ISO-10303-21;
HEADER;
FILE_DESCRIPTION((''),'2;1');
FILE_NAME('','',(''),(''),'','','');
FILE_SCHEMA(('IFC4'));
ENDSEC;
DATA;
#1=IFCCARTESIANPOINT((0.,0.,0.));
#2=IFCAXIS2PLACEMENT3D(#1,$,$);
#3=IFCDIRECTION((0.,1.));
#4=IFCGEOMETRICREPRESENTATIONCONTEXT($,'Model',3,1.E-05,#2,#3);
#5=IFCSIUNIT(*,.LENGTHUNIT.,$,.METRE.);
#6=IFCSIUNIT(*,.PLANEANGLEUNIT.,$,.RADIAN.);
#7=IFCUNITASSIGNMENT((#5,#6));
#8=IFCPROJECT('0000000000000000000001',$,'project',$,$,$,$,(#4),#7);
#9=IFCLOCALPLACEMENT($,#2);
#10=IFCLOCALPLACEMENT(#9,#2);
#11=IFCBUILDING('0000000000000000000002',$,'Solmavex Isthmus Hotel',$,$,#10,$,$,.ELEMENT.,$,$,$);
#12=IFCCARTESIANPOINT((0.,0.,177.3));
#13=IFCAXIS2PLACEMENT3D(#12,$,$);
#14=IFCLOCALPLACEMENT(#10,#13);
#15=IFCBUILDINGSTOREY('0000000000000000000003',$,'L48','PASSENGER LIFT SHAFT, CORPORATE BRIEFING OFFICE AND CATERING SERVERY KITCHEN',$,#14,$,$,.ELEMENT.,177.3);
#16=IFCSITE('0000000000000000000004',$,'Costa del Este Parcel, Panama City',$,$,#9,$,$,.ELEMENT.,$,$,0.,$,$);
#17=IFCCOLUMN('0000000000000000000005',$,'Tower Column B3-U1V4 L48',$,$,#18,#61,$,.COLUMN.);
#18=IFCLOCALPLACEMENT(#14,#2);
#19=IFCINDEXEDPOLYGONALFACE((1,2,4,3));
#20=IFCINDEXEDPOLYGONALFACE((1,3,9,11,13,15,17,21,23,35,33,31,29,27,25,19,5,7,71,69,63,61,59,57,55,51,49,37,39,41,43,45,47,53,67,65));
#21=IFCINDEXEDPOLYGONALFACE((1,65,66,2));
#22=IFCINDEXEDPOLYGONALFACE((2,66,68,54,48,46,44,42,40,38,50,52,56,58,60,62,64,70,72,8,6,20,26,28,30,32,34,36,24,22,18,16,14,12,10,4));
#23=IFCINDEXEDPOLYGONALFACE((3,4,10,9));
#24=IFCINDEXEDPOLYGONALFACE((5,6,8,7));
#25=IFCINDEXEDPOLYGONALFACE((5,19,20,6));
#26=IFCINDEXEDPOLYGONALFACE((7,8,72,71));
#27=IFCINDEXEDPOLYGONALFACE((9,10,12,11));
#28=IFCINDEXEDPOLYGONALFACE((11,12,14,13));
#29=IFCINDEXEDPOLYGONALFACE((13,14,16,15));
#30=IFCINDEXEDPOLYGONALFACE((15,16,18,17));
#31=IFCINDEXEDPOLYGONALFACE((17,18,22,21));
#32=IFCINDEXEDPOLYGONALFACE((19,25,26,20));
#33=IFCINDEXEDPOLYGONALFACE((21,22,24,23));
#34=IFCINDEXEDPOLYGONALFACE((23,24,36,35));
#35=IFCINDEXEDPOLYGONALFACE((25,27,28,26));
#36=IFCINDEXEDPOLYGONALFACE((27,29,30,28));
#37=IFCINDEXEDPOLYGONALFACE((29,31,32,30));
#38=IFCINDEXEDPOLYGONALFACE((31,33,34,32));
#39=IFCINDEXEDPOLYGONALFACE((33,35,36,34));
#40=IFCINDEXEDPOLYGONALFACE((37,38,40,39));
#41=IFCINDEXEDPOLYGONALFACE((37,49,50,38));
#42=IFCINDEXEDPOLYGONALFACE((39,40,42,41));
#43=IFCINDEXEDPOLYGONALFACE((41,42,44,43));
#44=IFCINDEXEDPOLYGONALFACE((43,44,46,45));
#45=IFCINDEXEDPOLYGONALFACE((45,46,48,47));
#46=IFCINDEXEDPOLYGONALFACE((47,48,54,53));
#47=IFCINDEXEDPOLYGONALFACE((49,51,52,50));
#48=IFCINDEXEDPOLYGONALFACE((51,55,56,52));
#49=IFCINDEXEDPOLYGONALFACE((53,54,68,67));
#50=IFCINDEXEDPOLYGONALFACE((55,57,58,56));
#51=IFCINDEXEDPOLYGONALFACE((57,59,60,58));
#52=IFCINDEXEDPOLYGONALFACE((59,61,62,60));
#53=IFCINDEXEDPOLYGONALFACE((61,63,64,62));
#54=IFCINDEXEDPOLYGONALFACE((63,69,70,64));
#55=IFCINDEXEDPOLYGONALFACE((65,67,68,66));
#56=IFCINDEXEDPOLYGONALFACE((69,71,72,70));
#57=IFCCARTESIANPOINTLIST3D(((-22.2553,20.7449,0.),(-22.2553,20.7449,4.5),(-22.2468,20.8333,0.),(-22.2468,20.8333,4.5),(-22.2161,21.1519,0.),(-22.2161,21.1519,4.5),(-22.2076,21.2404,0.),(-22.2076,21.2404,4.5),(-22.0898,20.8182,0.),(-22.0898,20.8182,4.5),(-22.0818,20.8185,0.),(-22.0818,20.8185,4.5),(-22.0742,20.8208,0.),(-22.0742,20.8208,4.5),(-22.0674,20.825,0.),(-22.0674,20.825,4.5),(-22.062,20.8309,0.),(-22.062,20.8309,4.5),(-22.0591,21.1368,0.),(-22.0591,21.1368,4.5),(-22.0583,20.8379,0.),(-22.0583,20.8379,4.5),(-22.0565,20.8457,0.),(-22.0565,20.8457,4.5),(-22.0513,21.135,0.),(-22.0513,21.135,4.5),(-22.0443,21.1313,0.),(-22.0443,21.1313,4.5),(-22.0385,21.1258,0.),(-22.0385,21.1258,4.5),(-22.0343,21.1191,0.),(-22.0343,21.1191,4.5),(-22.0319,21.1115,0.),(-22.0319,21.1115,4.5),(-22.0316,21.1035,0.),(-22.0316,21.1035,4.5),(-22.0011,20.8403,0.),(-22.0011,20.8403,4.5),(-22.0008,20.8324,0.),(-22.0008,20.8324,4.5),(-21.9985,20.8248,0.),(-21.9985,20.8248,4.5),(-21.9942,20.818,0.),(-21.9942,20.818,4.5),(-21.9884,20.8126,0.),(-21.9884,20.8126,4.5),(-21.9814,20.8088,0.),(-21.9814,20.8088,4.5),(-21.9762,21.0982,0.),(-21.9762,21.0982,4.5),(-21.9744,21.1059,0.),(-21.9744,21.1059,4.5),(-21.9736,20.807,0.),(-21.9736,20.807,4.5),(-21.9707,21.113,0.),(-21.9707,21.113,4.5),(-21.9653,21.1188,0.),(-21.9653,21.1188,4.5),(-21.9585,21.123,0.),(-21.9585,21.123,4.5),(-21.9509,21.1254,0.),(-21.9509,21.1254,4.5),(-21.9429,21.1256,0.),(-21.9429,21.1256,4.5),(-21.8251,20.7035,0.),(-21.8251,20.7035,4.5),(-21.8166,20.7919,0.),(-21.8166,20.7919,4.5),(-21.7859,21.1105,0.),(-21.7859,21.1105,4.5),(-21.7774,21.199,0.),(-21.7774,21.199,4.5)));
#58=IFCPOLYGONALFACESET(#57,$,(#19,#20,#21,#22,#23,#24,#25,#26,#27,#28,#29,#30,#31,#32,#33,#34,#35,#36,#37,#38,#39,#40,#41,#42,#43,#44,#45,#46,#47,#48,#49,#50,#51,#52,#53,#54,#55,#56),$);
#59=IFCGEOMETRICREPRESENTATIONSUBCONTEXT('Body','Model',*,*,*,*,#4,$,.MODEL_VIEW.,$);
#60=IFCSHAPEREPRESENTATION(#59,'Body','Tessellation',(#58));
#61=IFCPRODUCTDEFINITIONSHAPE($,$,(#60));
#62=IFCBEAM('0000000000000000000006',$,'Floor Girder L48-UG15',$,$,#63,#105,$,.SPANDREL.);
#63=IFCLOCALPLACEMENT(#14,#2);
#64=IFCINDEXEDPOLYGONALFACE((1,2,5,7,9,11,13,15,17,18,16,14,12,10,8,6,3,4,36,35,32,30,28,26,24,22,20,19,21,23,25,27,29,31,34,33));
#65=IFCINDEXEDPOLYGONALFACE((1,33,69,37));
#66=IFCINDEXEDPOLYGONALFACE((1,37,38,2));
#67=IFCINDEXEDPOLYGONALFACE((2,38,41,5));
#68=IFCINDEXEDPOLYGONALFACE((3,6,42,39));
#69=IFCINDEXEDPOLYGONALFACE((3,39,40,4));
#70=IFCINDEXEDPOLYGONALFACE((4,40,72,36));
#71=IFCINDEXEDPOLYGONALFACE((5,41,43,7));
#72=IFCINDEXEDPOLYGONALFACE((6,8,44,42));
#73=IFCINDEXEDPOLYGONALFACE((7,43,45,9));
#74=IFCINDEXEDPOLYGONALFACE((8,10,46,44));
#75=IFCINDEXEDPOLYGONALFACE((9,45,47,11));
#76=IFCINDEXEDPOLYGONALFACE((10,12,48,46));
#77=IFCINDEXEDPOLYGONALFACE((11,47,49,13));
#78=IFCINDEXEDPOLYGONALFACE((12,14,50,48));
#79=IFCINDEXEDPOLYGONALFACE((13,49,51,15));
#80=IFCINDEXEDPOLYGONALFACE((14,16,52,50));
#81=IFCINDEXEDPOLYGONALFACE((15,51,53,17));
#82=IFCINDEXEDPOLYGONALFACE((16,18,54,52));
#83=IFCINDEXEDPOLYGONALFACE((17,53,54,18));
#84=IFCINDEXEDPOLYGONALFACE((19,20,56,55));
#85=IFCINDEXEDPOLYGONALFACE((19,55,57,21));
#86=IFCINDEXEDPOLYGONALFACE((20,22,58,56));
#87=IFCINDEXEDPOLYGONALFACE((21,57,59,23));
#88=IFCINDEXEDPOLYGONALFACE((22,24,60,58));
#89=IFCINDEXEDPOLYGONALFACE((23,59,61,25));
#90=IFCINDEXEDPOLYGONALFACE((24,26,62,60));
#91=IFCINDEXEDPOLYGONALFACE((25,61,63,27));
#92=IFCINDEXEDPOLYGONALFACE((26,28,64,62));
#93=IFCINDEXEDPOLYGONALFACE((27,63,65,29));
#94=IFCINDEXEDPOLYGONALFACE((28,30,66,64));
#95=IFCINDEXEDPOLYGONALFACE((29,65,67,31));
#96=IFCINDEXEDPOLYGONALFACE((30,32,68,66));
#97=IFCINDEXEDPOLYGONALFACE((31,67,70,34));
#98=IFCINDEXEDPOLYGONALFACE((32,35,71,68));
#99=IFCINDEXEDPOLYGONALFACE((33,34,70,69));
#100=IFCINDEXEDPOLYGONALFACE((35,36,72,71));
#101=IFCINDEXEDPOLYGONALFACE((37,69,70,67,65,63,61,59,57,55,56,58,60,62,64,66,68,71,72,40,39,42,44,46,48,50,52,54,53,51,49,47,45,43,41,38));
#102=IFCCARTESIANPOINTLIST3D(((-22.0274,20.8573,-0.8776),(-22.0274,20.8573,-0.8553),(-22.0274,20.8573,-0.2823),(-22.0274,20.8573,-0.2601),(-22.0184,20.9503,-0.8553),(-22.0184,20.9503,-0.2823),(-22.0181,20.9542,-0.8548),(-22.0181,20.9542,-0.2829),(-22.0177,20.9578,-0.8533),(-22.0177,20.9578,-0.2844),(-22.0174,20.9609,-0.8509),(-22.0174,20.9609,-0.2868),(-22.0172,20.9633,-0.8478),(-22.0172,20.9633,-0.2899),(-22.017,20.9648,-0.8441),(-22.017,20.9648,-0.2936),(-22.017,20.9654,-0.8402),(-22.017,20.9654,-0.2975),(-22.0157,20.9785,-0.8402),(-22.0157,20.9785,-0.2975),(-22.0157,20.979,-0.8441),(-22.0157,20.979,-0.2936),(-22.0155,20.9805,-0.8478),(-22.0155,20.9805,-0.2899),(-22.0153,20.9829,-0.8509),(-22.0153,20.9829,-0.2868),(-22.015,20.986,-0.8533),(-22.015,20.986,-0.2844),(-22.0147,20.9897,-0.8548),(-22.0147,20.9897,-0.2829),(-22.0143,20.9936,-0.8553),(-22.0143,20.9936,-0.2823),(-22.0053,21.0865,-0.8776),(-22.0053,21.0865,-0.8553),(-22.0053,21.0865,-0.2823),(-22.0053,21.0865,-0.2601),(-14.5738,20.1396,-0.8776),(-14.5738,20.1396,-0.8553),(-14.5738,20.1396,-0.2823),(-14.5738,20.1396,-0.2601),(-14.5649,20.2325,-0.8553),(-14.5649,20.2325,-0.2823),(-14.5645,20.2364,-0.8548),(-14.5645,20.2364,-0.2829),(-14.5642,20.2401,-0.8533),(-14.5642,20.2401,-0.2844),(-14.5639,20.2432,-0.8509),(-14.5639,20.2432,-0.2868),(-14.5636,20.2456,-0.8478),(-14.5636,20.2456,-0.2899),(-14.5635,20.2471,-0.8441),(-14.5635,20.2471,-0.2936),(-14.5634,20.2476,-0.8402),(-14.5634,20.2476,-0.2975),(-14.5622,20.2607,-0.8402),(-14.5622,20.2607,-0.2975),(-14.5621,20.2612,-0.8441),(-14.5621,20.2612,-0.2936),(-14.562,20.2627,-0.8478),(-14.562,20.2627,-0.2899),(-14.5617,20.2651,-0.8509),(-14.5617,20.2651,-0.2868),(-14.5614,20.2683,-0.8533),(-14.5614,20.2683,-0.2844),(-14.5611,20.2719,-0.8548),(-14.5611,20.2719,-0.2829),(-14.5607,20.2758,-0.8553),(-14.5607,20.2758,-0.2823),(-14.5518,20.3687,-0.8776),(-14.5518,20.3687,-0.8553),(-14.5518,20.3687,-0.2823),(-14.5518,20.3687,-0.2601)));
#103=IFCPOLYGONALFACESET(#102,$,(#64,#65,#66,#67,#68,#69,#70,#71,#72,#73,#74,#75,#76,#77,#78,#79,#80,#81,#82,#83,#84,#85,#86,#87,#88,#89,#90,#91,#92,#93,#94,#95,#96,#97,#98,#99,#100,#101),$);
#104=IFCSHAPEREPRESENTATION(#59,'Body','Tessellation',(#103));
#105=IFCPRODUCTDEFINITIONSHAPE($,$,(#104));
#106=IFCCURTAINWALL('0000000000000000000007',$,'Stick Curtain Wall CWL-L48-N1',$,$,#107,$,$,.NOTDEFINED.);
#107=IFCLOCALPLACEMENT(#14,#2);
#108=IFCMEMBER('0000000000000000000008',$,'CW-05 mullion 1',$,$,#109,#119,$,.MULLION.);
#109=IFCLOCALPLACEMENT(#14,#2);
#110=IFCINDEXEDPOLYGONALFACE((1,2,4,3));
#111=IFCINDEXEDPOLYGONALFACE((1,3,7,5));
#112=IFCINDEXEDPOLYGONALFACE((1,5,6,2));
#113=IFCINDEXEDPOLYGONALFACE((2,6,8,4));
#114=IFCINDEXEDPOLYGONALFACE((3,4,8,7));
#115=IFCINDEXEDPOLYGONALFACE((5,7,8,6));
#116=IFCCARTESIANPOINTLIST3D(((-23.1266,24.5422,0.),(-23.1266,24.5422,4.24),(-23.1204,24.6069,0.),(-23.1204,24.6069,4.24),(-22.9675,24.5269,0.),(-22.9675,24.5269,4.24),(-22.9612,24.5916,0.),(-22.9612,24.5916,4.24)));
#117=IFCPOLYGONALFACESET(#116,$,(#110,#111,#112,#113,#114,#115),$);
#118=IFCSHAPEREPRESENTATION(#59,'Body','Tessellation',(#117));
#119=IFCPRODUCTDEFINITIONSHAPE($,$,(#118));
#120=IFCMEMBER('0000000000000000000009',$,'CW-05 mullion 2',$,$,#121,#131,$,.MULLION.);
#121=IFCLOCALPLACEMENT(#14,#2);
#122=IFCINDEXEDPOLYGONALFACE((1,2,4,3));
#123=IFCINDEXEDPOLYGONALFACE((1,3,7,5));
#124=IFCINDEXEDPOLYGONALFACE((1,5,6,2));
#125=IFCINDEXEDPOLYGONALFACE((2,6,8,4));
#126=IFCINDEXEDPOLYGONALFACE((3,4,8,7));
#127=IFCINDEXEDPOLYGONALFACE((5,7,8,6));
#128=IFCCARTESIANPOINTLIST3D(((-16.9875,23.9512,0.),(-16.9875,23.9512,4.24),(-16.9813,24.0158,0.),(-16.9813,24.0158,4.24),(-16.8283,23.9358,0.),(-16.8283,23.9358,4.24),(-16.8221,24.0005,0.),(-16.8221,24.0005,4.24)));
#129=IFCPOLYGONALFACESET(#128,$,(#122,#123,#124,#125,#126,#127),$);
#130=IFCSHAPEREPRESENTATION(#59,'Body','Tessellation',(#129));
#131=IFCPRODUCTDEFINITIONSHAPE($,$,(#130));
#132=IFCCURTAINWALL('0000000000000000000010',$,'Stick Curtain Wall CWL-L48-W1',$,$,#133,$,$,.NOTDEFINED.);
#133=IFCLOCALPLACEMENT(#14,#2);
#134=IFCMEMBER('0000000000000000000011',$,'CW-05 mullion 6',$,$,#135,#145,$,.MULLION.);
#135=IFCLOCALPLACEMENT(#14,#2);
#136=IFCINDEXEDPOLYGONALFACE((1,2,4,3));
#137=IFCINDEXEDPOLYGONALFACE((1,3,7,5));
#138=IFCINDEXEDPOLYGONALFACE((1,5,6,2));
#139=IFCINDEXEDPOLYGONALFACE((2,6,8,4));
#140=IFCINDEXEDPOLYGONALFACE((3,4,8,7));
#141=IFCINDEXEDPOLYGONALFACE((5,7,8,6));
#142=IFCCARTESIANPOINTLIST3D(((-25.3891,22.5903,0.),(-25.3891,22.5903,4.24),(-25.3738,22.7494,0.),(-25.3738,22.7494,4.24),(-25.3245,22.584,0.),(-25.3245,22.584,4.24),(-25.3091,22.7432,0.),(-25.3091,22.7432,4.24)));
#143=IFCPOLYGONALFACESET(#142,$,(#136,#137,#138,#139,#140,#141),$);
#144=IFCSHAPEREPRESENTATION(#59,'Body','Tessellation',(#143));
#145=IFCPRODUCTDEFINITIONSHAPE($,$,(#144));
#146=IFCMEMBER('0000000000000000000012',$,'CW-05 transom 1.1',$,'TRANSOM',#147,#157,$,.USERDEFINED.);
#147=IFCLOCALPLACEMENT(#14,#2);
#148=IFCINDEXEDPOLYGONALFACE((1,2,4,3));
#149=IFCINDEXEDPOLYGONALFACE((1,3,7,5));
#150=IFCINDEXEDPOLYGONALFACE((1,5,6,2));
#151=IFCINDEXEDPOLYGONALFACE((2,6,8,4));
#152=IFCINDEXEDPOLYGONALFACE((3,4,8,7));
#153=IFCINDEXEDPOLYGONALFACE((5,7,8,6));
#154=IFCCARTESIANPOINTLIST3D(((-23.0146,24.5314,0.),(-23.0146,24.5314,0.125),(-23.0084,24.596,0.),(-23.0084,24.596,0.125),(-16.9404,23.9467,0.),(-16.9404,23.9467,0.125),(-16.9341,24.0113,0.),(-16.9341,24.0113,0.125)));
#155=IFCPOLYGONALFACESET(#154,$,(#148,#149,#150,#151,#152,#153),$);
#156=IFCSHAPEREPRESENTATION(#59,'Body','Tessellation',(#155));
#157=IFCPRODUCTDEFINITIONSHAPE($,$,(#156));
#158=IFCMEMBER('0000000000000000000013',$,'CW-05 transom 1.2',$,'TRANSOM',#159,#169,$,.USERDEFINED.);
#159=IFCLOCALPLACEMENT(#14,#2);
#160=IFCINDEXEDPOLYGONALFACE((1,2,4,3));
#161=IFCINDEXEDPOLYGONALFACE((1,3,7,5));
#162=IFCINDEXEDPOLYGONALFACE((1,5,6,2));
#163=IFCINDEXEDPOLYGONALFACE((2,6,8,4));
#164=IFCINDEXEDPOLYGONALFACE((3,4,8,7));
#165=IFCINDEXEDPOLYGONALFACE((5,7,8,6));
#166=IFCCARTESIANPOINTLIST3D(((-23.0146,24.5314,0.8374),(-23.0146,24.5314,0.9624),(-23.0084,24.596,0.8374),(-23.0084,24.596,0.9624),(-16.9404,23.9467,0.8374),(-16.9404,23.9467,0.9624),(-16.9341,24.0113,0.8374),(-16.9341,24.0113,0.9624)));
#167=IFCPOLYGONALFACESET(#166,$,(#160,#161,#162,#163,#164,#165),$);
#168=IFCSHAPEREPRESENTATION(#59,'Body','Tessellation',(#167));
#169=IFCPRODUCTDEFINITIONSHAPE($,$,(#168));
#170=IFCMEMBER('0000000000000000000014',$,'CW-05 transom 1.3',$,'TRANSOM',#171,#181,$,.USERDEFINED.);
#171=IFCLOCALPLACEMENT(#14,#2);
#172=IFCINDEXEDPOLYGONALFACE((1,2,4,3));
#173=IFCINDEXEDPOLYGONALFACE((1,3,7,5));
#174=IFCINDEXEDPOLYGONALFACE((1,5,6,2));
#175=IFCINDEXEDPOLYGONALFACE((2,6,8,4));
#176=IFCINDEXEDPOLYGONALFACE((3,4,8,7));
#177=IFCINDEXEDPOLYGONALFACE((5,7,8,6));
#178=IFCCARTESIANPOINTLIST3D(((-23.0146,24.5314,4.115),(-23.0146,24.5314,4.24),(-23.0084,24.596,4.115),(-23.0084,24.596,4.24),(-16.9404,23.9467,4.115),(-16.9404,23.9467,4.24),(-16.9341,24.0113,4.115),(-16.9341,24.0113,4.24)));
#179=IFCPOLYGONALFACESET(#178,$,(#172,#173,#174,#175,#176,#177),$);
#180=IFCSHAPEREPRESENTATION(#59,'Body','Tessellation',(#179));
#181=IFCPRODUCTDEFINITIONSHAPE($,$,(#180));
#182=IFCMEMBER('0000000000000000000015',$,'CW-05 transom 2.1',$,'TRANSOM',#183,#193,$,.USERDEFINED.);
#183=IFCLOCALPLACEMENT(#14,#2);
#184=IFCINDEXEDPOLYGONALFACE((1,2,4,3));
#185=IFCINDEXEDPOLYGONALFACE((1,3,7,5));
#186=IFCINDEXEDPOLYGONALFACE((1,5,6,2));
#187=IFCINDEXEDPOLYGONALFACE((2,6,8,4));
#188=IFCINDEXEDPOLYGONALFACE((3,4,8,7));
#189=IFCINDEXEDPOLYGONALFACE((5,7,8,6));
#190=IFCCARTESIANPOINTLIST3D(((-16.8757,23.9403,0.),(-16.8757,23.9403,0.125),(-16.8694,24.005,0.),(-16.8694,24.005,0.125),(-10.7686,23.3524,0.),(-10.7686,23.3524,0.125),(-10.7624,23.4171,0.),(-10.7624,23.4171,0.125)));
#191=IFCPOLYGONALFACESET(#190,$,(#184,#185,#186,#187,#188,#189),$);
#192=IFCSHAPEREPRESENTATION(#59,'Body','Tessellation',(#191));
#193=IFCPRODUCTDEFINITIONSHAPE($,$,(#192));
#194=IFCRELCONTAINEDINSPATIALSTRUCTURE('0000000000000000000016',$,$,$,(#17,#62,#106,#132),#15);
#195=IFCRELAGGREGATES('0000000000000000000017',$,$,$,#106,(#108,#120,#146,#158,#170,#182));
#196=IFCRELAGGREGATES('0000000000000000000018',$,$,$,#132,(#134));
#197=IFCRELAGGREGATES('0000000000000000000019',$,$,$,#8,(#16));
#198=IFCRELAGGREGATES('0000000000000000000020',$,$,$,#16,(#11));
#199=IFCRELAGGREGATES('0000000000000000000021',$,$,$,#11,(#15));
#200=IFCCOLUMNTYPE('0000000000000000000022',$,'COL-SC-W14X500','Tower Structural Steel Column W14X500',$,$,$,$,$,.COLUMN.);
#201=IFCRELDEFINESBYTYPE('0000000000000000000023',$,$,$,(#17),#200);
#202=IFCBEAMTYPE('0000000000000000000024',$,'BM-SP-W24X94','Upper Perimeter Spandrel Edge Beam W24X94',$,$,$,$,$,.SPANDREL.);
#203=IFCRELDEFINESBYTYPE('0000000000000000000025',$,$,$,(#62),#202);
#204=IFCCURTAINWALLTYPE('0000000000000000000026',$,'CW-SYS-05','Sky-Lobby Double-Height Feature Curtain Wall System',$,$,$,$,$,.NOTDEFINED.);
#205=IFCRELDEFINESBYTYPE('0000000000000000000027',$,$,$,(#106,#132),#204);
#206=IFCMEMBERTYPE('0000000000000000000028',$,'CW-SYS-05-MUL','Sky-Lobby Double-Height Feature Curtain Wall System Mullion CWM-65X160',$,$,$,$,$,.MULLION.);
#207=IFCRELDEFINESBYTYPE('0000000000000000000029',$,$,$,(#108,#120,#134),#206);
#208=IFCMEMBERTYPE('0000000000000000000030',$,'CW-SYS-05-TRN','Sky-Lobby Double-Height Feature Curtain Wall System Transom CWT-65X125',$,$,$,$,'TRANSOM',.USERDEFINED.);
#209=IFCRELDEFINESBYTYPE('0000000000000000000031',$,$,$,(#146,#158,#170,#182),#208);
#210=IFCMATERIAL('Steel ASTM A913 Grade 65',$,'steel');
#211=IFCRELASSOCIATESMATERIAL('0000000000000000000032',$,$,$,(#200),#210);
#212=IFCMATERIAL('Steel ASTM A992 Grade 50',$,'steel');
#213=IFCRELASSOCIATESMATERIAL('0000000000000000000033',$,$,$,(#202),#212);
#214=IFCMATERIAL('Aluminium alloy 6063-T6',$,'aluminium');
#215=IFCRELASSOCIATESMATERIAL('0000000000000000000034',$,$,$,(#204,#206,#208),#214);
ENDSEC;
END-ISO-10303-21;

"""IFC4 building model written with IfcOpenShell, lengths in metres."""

from ifc_helpers import new_model, si_unit, direction, frame, origin, origin_2d, place, context, subcontext, project, spatial, rectangle, i_section, extrude, material, material_profile, profile_set, type_object, element, aggregate, save


model = new_model("IFC4")

# Units and contexts
model_context = context("Model", 3, precision=1e-05, world=origin(), true_north=direction((0.0, 1.0)))
body_context = subcontext(model_context, "Body", "Model", "MODEL_VIEW")
ifc_project = project(units=[si_unit("LENGTHUNIT", "METRE"), si_unit("PLANEANGLEUNIT", "RADIAN")], contexts=[model_context])

# Site, building, storey
site_placement = place(None, origin())
site = spatial("IfcSite", under=ifc_project, at=site_placement, Name="Costa del Este Parcel, Panama City", CompositionType="ELEMENT", RefElevation=0.0)
building_placement = place(site_placement, origin())
building = spatial("IfcBuilding", under=site, at=building_placement, Name="Solmavex Isthmus Hotel", CompositionType="ELEMENT")
storey_placement = place(building_placement, frame((0.0, 0.0, 177.3)))
storey = spatial("IfcBuildingStorey", under=building, at=storey_placement, Name="L48", Description="PASSENGER LIFT SHAFT, CORPORATE BRIEFING OFFICE AND CATERING SERVERY KITCHEN", CompositionType="ELEMENT", Elevation=177.3)

# Column
ifc_material_1 = material(Name="Steel ASTM A913 Grade 65", Category="steel")
ifc_material_profile_1 = material_profile(ifc_material_1, i_section(OverallWidth=0.4321, OverallDepth=0.4978, WebThickness=0.0557, FlangeThickness=0.0889, FilletRadius=0.0305, at=origin_2d()), Name="W14X500")
ifc_profile_set_1 = profile_set([ifc_material_profile_1], Name="Steel ASTM A913 Grade 65")
column_type = type_object("IfcColumnType", Name="COL-SC-W14X500", Description="Tower Structural Steel Column W14X500", PredefinedType="COLUMN", material=ifc_profile_set_1)
column_placement = place(storey_placement, frame((-22.0164, 20.9719, 0.0), z_axis=(0.0, 0.0, 1.0), x_axis=(0.995396, -0.095846, 0.0)))
element("IfcColumn", 1, at=column_placement, inside=storey, type_object=column_type, Name="Tower Column B3-U1V4 L48", PredefinedType="COLUMN", context=body_context, shape_type="SweptSolid", body=[
    extrude(i_section(OverallWidth=0.4321, OverallDepth=0.4978, WebThickness=0.0557, FlangeThickness=0.0889, FilletRadius=0.0305, at=origin_2d()), origin(), (0.0, 0.0, 1.0), 4.5),
])

# Beam
ifc_material_2 = material(Name="Steel ASTM A992 Grade 50", Category="steel")
ifc_material_profile_2 = material_profile(ifc_material_2, i_section(OverallWidth=0.2302, OverallDepth=0.6174, WebThickness=0.0132, FlangeThickness=0.0222, FilletRadius=0.0151, at=origin_2d()), Name="W24X94")
ifc_profile_set_2 = profile_set([ifc_material_profile_2], Name="Steel ASTM A992 Grade 50")
beam_type = type_object("IfcBeamType", Name="BM-SP-W24X94", Description="Upper Perimeter Spandrel Edge Beam W24X94", PredefinedType="SPANDREL", material=ifc_profile_set_2)
beam_placement = place(storey_placement, frame((-22.0164, 20.9719, -0.5688), z_axis=(0.995395, -0.095855, 0.0), x_axis=(0.095855, 0.995395, 0.0)))
element("IfcBeam", 2, at=beam_placement, inside=storey, type_object=beam_type, Name="Floor Girder L48-UG15", PredefinedType="SPANDREL", context=body_context, shape_type="SweptSolid", body=[
    extrude(i_section(OverallWidth=0.2302, OverallDepth=0.6174, WebThickness=0.0132, FlangeThickness=0.0222, FilletRadius=0.0151, at=origin_2d()), origin(), (0.0, 0.0, 1.0), 7.488),
])

# Curtain wall, members
ifc_material_3 = material(Name="Aluminium alloy 6063-T6", Category="aluminium")
curtain_wall_type = type_object("IfcCurtainWallType", Name="CW-SYS-05", Description="Sky-Lobby Double-Height Feature Curtain Wall System", PredefinedType="NOTDEFINED", material=ifc_material_3)
curtain_wall_1_placement = place(storey_placement, origin())
curtain_wall_1 = element("IfcCurtainWall", 3, at=curtain_wall_1_placement, inside=storey, type_object=curtain_wall_type, Name="Stick Curtain Wall CWL-L48-N1", PredefinedType="NOTDEFINED")
ifc_material_profile_3 = material_profile(ifc_material_3, rectangle(XDim=0.0649, YDim=0.1599, at=origin_2d()), Name="CWM-65X160")
ifc_profile_set_3 = profile_set([ifc_material_profile_3], Name="Aluminium alloy 6063-T6")
member_type_1 = type_object("IfcMemberType", Name="CW-SYS-05-MUL", Description="Sky-Lobby Double-Height Feature Curtain Wall System Mullion CWM-65X160", PredefinedType="MULLION", material=ifc_profile_set_3)
member_1_placement = place(storey_placement, frame((-23.0439, 24.5669, 0.0), z_axis=(0.0, 0.0, 1.0), x_axis=(0.095846, 0.995396, 0.0)))
member_1 = element("IfcMember", 4, at=member_1_placement, type_object=member_type_1, Name="CW-05 mullion 1", PredefinedType="MULLION", context=body_context, shape_type="SweptSolid", body=[
    extrude(rectangle(XDim=0.0649, YDim=0.1599, at=origin_2d()), origin(), (0.0, 0.0, 1.0), 4.24),
])
member_2_placement = place(storey_placement, frame((-16.9048, 23.9758, 0.0), z_axis=(0.0, 0.0, 1.0), x_axis=(0.095846, 0.995396, 0.0)))
member_2 = element("IfcMember", 5, at=member_2_placement, type_object=member_type_1, Name="CW-05 mullion 2", PredefinedType="MULLION", context=body_context, shape_type="SweptSolid", body=[
    extrude(rectangle(XDim=0.0649, YDim=0.1599, at=origin_2d()), origin(), (0.0, 0.0, 1.0), 4.24),
])

# Curtain wall, member
curtain_wall_2_placement = place(storey_placement, origin())
curtain_wall_2 = element("IfcCurtainWall", 6, at=curtain_wall_2_placement, inside=storey, type_object=curtain_wall_type, Name="Stick Curtain Wall CWL-L48-W1", PredefinedType="NOTDEFINED")
member_3_placement = place(storey_placement, frame((-25.3491, 22.6667, 0.0), z_axis=(0.0, 0.0, 1.0), x_axis=(-0.995396, 0.095846, 0.0)))
member_3 = element("IfcMember", 7, at=member_3_placement, type_object=member_type_1, Name="CW-05 mullion 6", PredefinedType="MULLION", context=body_context, shape_type="SweptSolid", body=[
    extrude(rectangle(XDim=0.0649, YDim=0.1599, at=origin_2d()), origin(), (0.0, 0.0, 1.0), 4.24),
])

# Members
ifc_material_profile_4 = material_profile(ifc_material_3, rectangle(XDim=0.0649, YDim=0.125, at=origin_2d()), Name="CWT-65X125")
ifc_profile_set_4 = profile_set([ifc_material_profile_4], Name="Aluminium alloy 6063-T6")
member_type_2 = type_object("IfcMemberType", Name="CW-SYS-05-TRN", Description="Sky-Lobby Double-Height Feature Curtain Wall System Transom CWT-65X125", ElementType="TRANSOM", PredefinedType="USERDEFINED", material=ifc_profile_set_4)
member_4_placement = place(storey_placement, frame((-23.0115, 24.5637, 0.0625), z_axis=(0.995399, -0.095819, 0.0), x_axis=(0.095819, 0.995399, 0.0)))
member_4 = element("IfcMember", 8, at=member_4_placement, type_object=member_type_2, Name="CW-05 transom 1.1", ObjectType="TRANSOM", PredefinedType="USERDEFINED", context=body_context, shape_type="SweptSolid", body=[
    extrude(rectangle(XDim=0.0649, YDim=0.125, at=origin_2d()), origin(), (0.0, 0.0, 1.0), 6.1023),
])
member_5_placement = place(storey_placement, frame((-23.0115, 24.5637, 0.8999), z_axis=(0.995399, -0.095819, 0.0), x_axis=(0.095819, 0.995399, 0.0)))
member_5 = element("IfcMember", 9, at=member_5_placement, type_object=member_type_2, Name="CW-05 transom 1.2", ObjectType="TRANSOM", PredefinedType="USERDEFINED", context=body_context, shape_type="SweptSolid", body=[
    extrude(rectangle(XDim=0.0649, YDim=0.125, at=origin_2d()), origin(), (0.0, 0.0, 1.0), 6.1023),
])
member_6_placement = place(storey_placement, frame((-23.0115, 24.5637, 4.1775), z_axis=(0.995399, -0.095819, 0.0), x_axis=(0.095819, 0.995399, 0.0)))
member_6 = element("IfcMember", 10, at=member_6_placement, type_object=member_type_2, Name="CW-05 transom 1.3", ObjectType="TRANSOM", PredefinedType="USERDEFINED", context=body_context, shape_type="SweptSolid", body=[
    extrude(rectangle(XDim=0.0649, YDim=0.125, at=origin_2d()), origin(), (0.0, 0.0, 1.0), 6.1023),
])
member_7_placement = place(storey_placement, frame((-16.8726, 23.9727, 0.0625), z_axis=(0.995398, -0.095823, 0.0), x_axis=(0.095823, 0.995398, 0.0)))
member_7 = element("IfcMember", 11, at=member_7_placement, type_object=member_type_2, Name="CW-05 transom 2.1", ObjectType="TRANSOM", PredefinedType="USERDEFINED", context=body_context, shape_type="SweptSolid", body=[
    extrude(rectangle(XDim=0.0649, YDim=0.125, at=origin_2d()), origin(), (0.0, 0.0, 1.0), 6.1353),
])

aggregate(curtain_wall_1, [member_1, member_2, member_4, member_5, member_6, member_7])
aggregate(curtain_wall_2, [member_3])

save(model, "model.ifc")
